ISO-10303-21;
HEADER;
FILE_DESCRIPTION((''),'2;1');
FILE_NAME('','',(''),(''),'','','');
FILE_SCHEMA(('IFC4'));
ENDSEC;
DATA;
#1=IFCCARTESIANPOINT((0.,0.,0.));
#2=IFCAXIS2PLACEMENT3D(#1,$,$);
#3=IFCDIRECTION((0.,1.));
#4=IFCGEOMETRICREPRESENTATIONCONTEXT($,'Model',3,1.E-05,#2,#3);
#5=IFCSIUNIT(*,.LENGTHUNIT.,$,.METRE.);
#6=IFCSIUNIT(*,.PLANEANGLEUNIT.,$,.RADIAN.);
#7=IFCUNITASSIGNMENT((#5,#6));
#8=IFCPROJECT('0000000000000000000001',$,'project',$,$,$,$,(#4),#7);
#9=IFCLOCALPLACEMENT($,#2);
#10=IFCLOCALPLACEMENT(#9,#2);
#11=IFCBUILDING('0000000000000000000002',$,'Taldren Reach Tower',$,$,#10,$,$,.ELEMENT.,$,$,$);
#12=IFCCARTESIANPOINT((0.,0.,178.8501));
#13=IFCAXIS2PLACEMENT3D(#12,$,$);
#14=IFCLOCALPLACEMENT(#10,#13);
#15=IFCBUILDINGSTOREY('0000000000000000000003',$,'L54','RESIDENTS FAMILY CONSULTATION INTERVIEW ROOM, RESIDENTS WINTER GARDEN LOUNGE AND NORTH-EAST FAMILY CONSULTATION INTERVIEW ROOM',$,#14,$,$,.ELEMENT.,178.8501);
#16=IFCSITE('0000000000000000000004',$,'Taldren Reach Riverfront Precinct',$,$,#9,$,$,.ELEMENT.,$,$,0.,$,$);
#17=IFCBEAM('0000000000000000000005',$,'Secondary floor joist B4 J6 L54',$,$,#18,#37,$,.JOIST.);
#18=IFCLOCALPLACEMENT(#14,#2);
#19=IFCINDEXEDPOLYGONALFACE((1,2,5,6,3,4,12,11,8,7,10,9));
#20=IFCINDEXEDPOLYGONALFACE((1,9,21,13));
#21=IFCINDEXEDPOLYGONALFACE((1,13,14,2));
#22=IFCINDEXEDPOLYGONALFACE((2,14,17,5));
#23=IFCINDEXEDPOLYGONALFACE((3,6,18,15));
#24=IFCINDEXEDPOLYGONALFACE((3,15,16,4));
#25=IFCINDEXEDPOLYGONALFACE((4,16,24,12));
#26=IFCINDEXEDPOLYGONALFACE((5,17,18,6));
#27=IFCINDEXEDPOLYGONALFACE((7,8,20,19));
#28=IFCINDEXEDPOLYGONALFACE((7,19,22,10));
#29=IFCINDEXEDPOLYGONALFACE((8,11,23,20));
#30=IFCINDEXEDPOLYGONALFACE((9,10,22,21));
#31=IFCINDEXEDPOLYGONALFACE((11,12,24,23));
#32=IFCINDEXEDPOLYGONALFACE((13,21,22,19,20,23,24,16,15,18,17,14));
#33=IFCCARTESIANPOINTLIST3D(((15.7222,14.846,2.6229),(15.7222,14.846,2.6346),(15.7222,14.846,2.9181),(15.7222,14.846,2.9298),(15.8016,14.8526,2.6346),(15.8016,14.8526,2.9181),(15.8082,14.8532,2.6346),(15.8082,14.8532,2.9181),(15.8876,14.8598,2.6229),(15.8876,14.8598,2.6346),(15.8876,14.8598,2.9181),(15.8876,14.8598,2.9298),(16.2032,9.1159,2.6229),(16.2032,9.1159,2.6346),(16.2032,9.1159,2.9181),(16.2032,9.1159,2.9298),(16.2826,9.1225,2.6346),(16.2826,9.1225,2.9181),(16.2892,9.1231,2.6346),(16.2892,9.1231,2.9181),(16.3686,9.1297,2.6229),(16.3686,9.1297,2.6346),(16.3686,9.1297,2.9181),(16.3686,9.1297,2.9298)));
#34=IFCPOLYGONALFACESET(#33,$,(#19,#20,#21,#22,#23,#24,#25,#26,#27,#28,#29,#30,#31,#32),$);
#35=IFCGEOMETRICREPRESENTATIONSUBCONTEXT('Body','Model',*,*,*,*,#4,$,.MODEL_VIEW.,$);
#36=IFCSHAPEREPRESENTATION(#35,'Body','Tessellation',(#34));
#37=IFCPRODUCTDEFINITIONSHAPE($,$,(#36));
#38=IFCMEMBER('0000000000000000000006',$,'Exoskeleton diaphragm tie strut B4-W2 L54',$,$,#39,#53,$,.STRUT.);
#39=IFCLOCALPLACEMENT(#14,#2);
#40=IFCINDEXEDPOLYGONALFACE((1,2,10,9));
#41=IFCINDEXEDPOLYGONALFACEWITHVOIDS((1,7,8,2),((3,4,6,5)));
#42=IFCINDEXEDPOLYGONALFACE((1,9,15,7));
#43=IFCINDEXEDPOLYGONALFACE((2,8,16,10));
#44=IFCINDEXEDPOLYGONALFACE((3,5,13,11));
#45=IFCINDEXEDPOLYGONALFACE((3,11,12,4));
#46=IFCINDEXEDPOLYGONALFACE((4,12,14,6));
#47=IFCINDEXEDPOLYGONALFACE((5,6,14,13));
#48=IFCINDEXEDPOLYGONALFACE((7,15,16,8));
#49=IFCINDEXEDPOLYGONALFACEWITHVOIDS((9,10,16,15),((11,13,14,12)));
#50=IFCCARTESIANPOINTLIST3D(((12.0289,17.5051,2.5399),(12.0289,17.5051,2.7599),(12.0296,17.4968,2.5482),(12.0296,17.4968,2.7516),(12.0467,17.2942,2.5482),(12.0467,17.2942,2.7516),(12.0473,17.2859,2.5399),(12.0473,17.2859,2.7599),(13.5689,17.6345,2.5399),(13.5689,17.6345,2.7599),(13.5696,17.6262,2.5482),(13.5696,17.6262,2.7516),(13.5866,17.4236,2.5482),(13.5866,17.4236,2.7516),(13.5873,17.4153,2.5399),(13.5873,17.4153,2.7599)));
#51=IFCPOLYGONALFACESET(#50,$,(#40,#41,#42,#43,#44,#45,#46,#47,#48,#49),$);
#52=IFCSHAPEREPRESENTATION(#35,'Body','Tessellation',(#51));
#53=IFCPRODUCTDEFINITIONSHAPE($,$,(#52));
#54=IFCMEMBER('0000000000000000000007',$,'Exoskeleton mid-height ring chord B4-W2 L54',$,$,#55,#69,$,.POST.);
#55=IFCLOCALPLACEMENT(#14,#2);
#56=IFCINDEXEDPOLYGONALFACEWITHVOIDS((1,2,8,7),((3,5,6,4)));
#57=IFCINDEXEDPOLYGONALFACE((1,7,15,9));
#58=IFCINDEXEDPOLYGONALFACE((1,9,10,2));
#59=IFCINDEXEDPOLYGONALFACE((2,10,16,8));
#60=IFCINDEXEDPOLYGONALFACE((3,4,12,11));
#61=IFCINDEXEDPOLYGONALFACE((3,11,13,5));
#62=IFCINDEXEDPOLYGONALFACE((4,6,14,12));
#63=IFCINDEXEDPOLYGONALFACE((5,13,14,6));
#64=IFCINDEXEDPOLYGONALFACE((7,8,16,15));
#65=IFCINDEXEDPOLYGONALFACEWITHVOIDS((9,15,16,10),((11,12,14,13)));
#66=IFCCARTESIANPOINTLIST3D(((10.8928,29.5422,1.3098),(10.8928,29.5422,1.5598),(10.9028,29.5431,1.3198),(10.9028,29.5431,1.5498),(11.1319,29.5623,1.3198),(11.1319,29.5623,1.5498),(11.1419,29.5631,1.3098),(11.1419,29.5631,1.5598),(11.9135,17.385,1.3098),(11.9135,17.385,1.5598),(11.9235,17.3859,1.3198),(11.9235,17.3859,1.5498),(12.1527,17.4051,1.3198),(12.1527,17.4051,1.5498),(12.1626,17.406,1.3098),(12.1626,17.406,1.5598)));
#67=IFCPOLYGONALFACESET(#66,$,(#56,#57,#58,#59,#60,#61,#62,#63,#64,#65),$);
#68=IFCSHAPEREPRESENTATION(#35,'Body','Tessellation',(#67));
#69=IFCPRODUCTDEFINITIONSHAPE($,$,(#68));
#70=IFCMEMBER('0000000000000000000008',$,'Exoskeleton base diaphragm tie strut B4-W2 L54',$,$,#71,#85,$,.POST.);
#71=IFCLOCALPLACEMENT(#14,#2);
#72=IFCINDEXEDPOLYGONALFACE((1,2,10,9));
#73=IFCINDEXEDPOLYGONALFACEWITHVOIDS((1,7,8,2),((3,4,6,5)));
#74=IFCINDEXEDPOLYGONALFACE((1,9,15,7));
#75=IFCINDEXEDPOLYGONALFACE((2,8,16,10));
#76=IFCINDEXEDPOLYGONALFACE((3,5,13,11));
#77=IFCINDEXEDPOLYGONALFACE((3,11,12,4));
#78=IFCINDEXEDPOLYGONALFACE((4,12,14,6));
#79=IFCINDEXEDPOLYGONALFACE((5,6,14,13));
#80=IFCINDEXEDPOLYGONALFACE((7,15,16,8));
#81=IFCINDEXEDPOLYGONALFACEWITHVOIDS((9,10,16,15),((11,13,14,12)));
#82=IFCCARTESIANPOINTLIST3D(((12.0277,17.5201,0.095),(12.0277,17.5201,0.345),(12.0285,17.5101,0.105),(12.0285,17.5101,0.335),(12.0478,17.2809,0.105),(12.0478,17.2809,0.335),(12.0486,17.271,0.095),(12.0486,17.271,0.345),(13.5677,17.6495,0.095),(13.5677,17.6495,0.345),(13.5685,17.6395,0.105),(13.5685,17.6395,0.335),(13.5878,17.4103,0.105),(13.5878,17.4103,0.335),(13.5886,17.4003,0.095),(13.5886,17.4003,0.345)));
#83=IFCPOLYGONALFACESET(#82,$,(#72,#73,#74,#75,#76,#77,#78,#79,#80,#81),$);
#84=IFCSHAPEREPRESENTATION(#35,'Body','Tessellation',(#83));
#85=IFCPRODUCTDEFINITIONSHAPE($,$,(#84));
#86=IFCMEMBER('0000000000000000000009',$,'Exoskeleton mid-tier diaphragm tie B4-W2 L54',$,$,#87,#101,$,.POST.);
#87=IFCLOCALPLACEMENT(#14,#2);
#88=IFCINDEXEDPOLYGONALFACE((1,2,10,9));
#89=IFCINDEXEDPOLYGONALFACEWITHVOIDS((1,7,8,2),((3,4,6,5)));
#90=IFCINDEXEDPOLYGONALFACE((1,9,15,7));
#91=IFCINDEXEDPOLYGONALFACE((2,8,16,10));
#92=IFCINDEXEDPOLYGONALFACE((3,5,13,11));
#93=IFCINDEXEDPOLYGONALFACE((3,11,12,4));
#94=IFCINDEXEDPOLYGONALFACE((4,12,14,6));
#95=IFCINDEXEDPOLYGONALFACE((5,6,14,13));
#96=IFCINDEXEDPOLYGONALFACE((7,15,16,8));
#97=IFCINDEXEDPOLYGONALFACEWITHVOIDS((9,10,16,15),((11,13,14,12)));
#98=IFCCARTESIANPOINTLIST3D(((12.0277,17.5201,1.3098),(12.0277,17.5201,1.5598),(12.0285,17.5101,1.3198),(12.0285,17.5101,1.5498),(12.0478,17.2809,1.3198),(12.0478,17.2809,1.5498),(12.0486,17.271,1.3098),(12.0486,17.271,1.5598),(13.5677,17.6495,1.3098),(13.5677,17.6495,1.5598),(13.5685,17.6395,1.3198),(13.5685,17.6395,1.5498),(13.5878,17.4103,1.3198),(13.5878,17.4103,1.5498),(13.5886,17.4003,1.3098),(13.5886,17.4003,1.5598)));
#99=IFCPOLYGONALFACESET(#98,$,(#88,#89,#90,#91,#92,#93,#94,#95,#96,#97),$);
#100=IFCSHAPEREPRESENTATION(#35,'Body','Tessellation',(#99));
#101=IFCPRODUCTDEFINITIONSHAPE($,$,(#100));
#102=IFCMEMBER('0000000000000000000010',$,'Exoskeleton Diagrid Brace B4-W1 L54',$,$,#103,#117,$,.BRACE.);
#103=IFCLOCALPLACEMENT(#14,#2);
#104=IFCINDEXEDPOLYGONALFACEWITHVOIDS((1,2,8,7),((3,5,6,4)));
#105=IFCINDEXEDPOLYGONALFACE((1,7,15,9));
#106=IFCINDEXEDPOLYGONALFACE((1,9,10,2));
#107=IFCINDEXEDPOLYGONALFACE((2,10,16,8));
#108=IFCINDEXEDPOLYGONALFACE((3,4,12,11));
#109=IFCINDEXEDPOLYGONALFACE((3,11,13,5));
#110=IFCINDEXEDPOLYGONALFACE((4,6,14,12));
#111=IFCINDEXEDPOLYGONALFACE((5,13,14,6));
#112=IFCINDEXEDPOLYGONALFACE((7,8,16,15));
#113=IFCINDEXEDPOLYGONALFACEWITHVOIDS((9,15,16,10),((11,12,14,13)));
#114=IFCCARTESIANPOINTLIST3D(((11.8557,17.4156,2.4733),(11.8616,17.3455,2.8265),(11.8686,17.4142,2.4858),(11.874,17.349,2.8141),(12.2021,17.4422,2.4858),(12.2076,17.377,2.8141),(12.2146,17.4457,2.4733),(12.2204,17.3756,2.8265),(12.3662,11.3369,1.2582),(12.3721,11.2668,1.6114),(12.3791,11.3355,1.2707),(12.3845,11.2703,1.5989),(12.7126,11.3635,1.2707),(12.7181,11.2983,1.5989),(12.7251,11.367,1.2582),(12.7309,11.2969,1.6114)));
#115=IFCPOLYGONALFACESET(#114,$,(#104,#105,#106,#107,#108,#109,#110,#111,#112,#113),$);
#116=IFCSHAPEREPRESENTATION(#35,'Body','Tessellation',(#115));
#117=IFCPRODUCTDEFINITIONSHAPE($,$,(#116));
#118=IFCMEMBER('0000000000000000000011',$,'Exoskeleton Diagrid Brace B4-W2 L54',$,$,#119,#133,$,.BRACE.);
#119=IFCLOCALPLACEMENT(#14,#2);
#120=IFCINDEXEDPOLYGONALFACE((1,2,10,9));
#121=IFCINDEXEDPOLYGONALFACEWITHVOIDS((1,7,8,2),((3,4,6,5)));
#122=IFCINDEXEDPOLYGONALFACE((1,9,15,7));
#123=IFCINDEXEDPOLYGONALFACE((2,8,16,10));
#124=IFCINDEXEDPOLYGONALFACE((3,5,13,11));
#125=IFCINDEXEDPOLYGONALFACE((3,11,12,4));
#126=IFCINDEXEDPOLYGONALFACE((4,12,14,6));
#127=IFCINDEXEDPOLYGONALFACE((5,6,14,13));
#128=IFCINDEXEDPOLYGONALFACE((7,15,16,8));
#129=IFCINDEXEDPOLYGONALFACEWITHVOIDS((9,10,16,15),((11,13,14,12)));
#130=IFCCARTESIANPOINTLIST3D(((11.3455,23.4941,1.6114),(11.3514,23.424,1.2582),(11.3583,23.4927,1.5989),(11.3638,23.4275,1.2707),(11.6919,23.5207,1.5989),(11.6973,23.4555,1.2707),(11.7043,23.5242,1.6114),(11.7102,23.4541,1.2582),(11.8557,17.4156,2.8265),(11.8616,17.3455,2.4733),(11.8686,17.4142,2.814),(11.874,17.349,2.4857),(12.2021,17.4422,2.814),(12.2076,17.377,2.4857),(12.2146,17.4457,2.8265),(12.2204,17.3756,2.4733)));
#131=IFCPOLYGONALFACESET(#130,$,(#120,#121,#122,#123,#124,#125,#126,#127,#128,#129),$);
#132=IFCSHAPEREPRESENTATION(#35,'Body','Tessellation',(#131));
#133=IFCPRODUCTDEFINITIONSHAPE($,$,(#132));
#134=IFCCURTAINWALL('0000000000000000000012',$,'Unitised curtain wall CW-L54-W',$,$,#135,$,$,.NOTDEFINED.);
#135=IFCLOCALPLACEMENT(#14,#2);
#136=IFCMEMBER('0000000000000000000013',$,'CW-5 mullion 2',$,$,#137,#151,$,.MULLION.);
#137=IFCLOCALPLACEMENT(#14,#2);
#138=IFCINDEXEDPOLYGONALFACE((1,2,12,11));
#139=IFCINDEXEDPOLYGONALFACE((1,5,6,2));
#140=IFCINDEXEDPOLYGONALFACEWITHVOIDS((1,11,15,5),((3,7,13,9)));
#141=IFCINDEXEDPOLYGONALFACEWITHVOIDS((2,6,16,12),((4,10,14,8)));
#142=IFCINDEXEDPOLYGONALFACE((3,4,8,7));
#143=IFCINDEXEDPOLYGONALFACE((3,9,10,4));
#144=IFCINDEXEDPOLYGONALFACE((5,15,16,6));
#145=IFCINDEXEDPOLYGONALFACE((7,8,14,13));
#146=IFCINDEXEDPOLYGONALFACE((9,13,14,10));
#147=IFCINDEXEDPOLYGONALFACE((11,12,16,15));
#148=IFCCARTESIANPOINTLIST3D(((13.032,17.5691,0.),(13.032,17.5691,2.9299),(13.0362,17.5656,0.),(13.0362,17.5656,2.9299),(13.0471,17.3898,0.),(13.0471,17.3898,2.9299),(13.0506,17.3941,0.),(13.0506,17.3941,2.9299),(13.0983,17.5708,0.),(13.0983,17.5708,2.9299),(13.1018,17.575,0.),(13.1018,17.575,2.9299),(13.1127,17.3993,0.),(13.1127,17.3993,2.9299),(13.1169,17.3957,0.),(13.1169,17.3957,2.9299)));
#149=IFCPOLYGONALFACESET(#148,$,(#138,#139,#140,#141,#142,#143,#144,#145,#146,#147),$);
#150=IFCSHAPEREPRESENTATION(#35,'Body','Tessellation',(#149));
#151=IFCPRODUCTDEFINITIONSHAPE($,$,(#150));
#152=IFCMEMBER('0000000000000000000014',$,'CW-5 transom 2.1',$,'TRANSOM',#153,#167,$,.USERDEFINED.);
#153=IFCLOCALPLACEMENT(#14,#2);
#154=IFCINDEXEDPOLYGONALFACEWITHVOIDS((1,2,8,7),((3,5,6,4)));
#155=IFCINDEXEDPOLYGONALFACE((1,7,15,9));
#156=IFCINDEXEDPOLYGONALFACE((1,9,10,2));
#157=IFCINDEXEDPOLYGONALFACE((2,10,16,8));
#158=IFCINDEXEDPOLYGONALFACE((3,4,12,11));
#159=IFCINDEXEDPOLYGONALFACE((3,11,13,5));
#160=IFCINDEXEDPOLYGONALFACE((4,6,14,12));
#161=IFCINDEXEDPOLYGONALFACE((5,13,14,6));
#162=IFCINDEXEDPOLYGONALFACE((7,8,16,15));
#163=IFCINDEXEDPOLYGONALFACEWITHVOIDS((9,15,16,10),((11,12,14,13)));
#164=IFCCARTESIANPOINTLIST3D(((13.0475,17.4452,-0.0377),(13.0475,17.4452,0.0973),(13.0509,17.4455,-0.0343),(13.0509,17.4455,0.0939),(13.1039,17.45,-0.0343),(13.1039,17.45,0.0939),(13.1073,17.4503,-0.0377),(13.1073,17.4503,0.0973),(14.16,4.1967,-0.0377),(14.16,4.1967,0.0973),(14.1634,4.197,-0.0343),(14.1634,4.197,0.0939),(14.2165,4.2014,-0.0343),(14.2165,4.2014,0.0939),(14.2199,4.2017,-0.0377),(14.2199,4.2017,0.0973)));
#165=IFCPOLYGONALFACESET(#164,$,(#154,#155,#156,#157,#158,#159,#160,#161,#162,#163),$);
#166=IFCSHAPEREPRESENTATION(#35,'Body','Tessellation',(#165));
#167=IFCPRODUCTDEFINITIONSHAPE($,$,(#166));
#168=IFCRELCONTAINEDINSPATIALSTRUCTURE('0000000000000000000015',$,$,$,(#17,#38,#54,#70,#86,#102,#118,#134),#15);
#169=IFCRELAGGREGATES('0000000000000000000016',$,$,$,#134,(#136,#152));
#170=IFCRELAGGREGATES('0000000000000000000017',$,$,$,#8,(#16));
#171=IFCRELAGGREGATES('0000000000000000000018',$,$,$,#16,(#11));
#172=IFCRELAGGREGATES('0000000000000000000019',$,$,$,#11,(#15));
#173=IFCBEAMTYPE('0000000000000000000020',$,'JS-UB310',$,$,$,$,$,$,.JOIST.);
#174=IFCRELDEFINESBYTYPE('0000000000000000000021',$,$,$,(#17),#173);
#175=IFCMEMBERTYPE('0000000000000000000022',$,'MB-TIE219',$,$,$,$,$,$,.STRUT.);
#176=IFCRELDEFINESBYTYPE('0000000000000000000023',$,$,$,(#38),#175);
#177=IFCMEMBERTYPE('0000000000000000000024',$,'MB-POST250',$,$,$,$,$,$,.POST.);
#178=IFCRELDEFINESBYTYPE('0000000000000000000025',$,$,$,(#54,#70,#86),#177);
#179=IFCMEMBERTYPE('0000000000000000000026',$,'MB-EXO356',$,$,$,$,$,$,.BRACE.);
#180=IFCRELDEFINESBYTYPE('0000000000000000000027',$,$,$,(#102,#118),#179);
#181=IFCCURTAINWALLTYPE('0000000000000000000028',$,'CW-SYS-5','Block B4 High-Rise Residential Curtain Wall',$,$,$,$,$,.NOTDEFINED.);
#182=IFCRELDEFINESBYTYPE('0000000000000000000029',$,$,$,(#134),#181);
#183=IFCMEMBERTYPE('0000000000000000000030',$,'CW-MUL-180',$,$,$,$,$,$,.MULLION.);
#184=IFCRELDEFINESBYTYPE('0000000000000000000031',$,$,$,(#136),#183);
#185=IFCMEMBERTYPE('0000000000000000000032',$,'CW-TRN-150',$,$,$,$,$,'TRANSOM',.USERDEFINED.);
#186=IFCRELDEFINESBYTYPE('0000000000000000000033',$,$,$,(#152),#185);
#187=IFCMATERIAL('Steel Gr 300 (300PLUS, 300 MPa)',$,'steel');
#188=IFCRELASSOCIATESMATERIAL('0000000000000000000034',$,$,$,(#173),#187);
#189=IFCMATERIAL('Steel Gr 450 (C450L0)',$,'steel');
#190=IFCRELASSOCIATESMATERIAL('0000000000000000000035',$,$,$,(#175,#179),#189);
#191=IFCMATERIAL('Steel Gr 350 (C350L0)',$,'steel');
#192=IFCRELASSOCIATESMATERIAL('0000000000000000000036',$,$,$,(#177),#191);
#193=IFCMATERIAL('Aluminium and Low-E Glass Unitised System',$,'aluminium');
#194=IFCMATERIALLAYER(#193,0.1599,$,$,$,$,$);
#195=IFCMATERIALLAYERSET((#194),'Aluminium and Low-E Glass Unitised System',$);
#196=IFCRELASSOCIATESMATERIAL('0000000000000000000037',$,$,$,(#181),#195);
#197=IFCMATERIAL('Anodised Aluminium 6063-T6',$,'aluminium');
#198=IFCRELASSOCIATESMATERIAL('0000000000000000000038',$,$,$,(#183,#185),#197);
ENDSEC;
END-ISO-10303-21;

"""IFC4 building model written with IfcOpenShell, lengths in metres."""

from ifc_helpers import new_model, si_unit, direction, frame, origin, origin_2d, place, context, subcontext, project, spatial, hollow_rectangle, i_section, extrude, source, transform, mapped, material, layer, layer_set, material_profile, profile_set, type_object, element, aggregate, save


model = new_model("IFC4")

# Units and contexts
model_context = context("Model", 3, precision=1e-05, world=origin(), true_north=direction((0.0, 1.0)))
body_context = subcontext(model_context, "Body", "Model", "MODEL_VIEW")
ifc_project = project(units=[si_unit("LENGTHUNIT", "METRE"), si_unit("PLANEANGLEUNIT", "RADIAN")], contexts=[model_context])

# Site, building, storey
site_placement = place(None, origin())
site = spatial("IfcSite", under=ifc_project, at=site_placement, Name="Taldren Reach Riverfront Precinct", CompositionType="ELEMENT", RefElevation=0.0)
building_placement = place(site_placement, origin())
building = spatial("IfcBuilding", under=site, at=building_placement, Name="Taldren Reach Tower", CompositionType="ELEMENT")
storey_placement = place(building_placement, frame((0.0, 0.0, 178.8501)))
storey = spatial("IfcBuildingStorey", under=building, at=storey_placement, Name="L54", Description="RESIDENTS FAMILY CONSULTATION INTERVIEW ROOM, RESIDENTS WINTER GARDEN LOUNGE AND NORTH-EAST FAMILY CONSULTATION INTERVIEW ROOM", CompositionType="ELEMENT", Elevation=178.8501)

# Shared definitions
ifc_material_1 = material(Name="Steel Gr 450 (C450L0)", Category="steel")

# Beam
ifc_material_2 = material(Name="Steel Gr 300 (300PLUS, 300 MPa)", Category="steel")
ifc_material_profile_1 = material_profile(ifc_material_2, i_section(OverallWidth=0.166, OverallDepth=0.3069, WebThickness=0.0066, FlangeThickness=0.0117, at=origin_2d()), Name="310UB46.2")
ifc_profile_set_1 = profile_set([ifc_material_profile_1], Name="Steel Gr 300 (300PLUS, 300 MPa)")
beam_type_1 = type_object("IfcBeamType", Name="JS-UB310", PredefinedType="JOIST", material=ifc_profile_set_1)
shared_shape_1 = source(origin(), body_context, "Body", "SweptSolid", [
    extrude(i_section(OverallWidth=0.166, OverallDepth=0.3069, WebThickness=0.0066, FlangeThickness=0.0117, at=origin_2d()), origin(), (0.0, 0.0, 1.0), 5.7502),
])
beam_1_placement = place(storey_placement, frame((16.2859, 9.1228, 2.7764), z_axis=(-0.083643, 0.996496, 0.0), x_axis=(-0.996496, -0.083643, 0.0)))
element("IfcBeam", 1, at=beam_1_placement, inside=storey, type_object=beam_type_1, Name="Secondary floor joist B4 J6 L54", PredefinedType="JOIST", context=body_context, shape_type="MappedRepresentation", body=[
    mapped(shared_shape_1, transform((0.0, 0.0, 0.0), scale=1.0)),
])

# Members
ifc_material_profile_2 = material_profile(ifc_material_1, hollow_rectangle(XDim=0.22, YDim=0.22, WallThickness=0.0083, at=origin_2d()), Name="220x220x8.2SHS")
ifc_profile_set_2 = profile_set([ifc_material_profile_2], Name="Steel Gr 450 (C450L0)")
member_type_1 = type_object("IfcMemberType", Name="MB-TIE219", PredefinedType="STRUT", material=ifc_profile_set_2)
shared_shape_2 = source(origin(), body_context, "Body", "SweptSolid", [
    extrude(hollow_rectangle(XDim=0.22, YDim=0.22, WallThickness=0.0083, at=origin_2d()), origin(), (0.0, 0.0, 1.0), 1.5454),
])
member_1_placement = place(storey_placement, frame((13.5781, 17.5249, 2.6499), z_axis=(-0.996489, -0.083725, 0.0), x_axis=(0.083725, -0.996489, 0.0)))
element("IfcMember", 2, at=member_1_placement, inside=storey, type_object=member_type_1, Name="Exoskeleton diaphragm tie strut B4-W2 L54", PredefinedType="STRUT", context=body_context, shape_type="MappedRepresentation", body=[
    mapped(shared_shape_2, transform((0.0, 0.0, 0.0), scale=1.0)),
])
ifc_material_3 = material(Name="Steel Gr 350 (C350L0)", Category="steel")
ifc_material_profile_3 = material_profile(ifc_material_3, hollow_rectangle(XDim=0.25, YDim=0.25, WallThickness=0.01, at=origin_2d()), Name="250x250x10.0SHS")
ifc_profile_set_3 = profile_set([ifc_material_profile_3], Name="Steel Gr 350 (C350L0)")
member_type_2 = type_object("IfcMemberType", Name="MB-POST250", PredefinedType="POST", material=ifc_profile_set_3)
shared_shape_3 = source(origin(), body_context, "Body", "SweptSolid", [
    extrude(hollow_rectangle(XDim=0.25, YDim=0.25, WallThickness=0.01, at=origin_2d()), origin(), (0.0, 0.0, 1.0), 12.2),
])
member_2_placement = place(storey_placement, frame((12.0381, 17.3955, 1.4348), z_axis=(-0.083668, 0.996494, 0.0), x_axis=(-0.996494, -0.083668, 0.0)))
element("IfcMember", 3, at=member_2_placement, inside=storey, type_object=member_type_2, Name="Exoskeleton mid-height ring chord B4-W2 L54", PredefinedType="POST", context=body_context, shape_type="MappedRepresentation", body=[
    mapped(shared_shape_3, transform((0.0, 0.0, 0.0), scale=1.0)),
])
shared_shape_4 = source(origin(), body_context, "Body", "SweptSolid", [
    extrude(hollow_rectangle(XDim=0.25, YDim=0.25, WallThickness=0.01, at=origin_2d()), origin(), (0.0, 0.0, 1.0), 1.5454),
])
for number, where, z_axis, x_axis, name in (
    (4, (13.5781, 17.5249, 0.22), (-0.996489, -0.083725, 0.0), (0.083725, -0.996489, 0.0), "Exoskeleton base diaphragm tie strut B4-W2 L54"),
    (5, (13.5781, 17.5249, 1.4348), (-0.996489, -0.083725, 0.0), (0.083725, -0.996489, 0.0), "Exoskeleton mid-tier diaphragm tie B4-W2 L54"),
):
    element("IfcMember", number, at=place(storey_placement, frame(where, z_axis=z_axis, x_axis=x_axis)), inside=storey, type_object=member_type_2, Name=name, PredefinedType="POST", context=body_context, shape_type="MappedRepresentation", body=[
        mapped(shared_shape_4, transform((0.0, 0.0, 0.0), scale=1.0)),
    ])
ifc_material_profile_4 = material_profile(ifc_material_1, hollow_rectangle(XDim=0.3601, YDim=0.3601, WallThickness=0.0127, at=origin_2d()), Name="360x360x12.7SHS")
ifc_profile_set_4 = profile_set([ifc_material_profile_4], Name="Steel Gr 450 (C450L0)")
member_type_3 = type_object("IfcMemberType", Name="MB-EXO356", PredefinedType="BRACE", material=ifc_profile_set_4)
shared_shape_5 = source(origin(), body_context, "Body", "SweptSolid", [
    extrude(hollow_rectangle(XDim=0.3601, YDim=0.3601, WallThickness=0.0127, at=origin_2d()), origin(), (0.0, 0.0, 1.0), 6.22),
])
member_3_placement = place(storey_placement, frame((12.5486, 11.3169, 1.4348), z_axis=(-0.082076, 0.977292, 0.195356), x_axis=(-0.996492, -0.083688, 0.0)))
element("IfcMember", 6, at=member_3_placement, inside=storey, type_object=member_type_3, Name="Exoskeleton Diagrid Brace B4-W1 L54", PredefinedType="BRACE", context=body_context, shape_type="MappedRepresentation", body=[
    mapped(shared_shape_5, transform((0.0, 0.0, 0.0), scale=1.0)),
])
shared_shape_6 = source(origin(), body_context, "Body", "SweptSolid", [
    extrude(hollow_rectangle(XDim=0.3601, YDim=0.3601, WallThickness=0.0127, at=origin_2d()), origin(), (0.0, 0.0, 1.0), 6.2197),
])
member_4_placement = place(storey_placement, frame((11.5278, 23.4741, 1.4348), z_axis=(0.082037, -0.977295, 0.195357), x_axis=(0.996495, 0.083648, 0.0)))
element("IfcMember", 7, at=member_4_placement, inside=storey, type_object=member_type_3, Name="Exoskeleton Diagrid Brace B4-W2 L54", PredefinedType="BRACE", context=body_context, shape_type="MappedRepresentation", body=[
    mapped(shared_shape_6, transform((0.0, 0.0, 0.0), scale=1.0)),
])

# Curtain wall, members
ifc_material_4 = material(Name="Aluminium and Low-E Glass Unitised System", Category="aluminium")
ifc_layer_1 = layer(ifc_material_4, 0.1599)
ifc_layer_set_1 = layer_set([ifc_layer_1], Name="Aluminium and Low-E Glass Unitised System")
curtain_wall_type = type_object("IfcCurtainWallType", Name="CW-SYS-5", Description="Block B4 High-Rise Residential Curtain Wall", PredefinedType="NOTDEFINED", material=ifc_layer_set_1)
curtain_wall_placement = place(storey_placement, origin())
curtain_wall = element("IfcCurtainWall", 8, at=curtain_wall_placement, inside=storey, type_object=curtain_wall_type, Name="Unitised curtain wall CW-L54-W", PredefinedType="NOTDEFINED")
ifc_material_5 = material(Name="Anodised Aluminium 6063-T6", Category="aluminium")
ifc_material_profile_5 = material_profile(ifc_material_5, hollow_rectangle(XDim=0.0701, YDim=0.1799, WallThickness=0.0039, at=origin_2d()), Name="ALU-180x70x4RHS")
ifc_profile_set_5 = profile_set([ifc_material_profile_5], Name="Anodised Aluminium 6063-T6")
member_type_4 = type_object("IfcMemberType", Name="CW-MUL-180", PredefinedType="MULLION", material=ifc_profile_set_5)
shared_shape_7 = source(origin(), body_context, "Body", "SweptSolid", [
    extrude(hollow_rectangle(XDim=0.0701, YDim=0.1799, WallThickness=0.0039, at=origin_2d()), origin(), (0.0, 0.0, 1.0), 2.9299),
])
member_5_placement = place(storey_placement, frame((13.0745, 17.4824, 0.0), z_axis=(0.0, 0.0, 1.0), x_axis=(0.996493, 0.083678, 0.0)))
member_5 = element("IfcMember", 9, at=member_5_placement, type_object=member_type_4, Name="CW-5 mullion 2", PredefinedType="MULLION", context=body_context, shape_type="MappedRepresentation", body=[
    mapped(shared_shape_7, transform((0.0, 0.0, 0.0), scale=1.0)),
])
ifc_material_profile_6 = material_profile(ifc_material_5, hollow_rectangle(XDim=0.0601, YDim=0.135, WallThickness=0.0034, at=origin_2d()), Name="ALU-135x60x3.5RHS")
ifc_profile_set_6 = profile_set([ifc_material_profile_6], Name="Anodised Aluminium 6063-T6")
member_type_5 = type_object("IfcMemberType", Name="CW-TRN-150", ElementType="TRANSOM", PredefinedType="USERDEFINED", material=ifc_profile_set_6)
shared_shape_8 = source(origin(), body_context, "Body", "SweptSolid", [
    extrude(hollow_rectangle(XDim=0.0601, YDim=0.135, WallThickness=0.0034, at=origin_2d()), origin(), (0.0, 0.0, 1.0), 13.2952),
])
member_6_placement = place(storey_placement, frame((13.0774, 17.4478, 0.0298), z_axis=(0.083681, -0.996493, 0.0), x_axis=(0.996493, 0.083681, 0.0)))
member_6 = element("IfcMember", 10, at=member_6_placement, type_object=member_type_5, Name="CW-5 transom 2.1", ObjectType="TRANSOM", PredefinedType="USERDEFINED", context=body_context, shape_type="MappedRepresentation", body=[
    mapped(shared_shape_8, transform((0.0, 0.0, 0.0), scale=1.0)),
])

aggregate(curtain_wall, [member_5, member_6])

save(model, "model.ifc")
